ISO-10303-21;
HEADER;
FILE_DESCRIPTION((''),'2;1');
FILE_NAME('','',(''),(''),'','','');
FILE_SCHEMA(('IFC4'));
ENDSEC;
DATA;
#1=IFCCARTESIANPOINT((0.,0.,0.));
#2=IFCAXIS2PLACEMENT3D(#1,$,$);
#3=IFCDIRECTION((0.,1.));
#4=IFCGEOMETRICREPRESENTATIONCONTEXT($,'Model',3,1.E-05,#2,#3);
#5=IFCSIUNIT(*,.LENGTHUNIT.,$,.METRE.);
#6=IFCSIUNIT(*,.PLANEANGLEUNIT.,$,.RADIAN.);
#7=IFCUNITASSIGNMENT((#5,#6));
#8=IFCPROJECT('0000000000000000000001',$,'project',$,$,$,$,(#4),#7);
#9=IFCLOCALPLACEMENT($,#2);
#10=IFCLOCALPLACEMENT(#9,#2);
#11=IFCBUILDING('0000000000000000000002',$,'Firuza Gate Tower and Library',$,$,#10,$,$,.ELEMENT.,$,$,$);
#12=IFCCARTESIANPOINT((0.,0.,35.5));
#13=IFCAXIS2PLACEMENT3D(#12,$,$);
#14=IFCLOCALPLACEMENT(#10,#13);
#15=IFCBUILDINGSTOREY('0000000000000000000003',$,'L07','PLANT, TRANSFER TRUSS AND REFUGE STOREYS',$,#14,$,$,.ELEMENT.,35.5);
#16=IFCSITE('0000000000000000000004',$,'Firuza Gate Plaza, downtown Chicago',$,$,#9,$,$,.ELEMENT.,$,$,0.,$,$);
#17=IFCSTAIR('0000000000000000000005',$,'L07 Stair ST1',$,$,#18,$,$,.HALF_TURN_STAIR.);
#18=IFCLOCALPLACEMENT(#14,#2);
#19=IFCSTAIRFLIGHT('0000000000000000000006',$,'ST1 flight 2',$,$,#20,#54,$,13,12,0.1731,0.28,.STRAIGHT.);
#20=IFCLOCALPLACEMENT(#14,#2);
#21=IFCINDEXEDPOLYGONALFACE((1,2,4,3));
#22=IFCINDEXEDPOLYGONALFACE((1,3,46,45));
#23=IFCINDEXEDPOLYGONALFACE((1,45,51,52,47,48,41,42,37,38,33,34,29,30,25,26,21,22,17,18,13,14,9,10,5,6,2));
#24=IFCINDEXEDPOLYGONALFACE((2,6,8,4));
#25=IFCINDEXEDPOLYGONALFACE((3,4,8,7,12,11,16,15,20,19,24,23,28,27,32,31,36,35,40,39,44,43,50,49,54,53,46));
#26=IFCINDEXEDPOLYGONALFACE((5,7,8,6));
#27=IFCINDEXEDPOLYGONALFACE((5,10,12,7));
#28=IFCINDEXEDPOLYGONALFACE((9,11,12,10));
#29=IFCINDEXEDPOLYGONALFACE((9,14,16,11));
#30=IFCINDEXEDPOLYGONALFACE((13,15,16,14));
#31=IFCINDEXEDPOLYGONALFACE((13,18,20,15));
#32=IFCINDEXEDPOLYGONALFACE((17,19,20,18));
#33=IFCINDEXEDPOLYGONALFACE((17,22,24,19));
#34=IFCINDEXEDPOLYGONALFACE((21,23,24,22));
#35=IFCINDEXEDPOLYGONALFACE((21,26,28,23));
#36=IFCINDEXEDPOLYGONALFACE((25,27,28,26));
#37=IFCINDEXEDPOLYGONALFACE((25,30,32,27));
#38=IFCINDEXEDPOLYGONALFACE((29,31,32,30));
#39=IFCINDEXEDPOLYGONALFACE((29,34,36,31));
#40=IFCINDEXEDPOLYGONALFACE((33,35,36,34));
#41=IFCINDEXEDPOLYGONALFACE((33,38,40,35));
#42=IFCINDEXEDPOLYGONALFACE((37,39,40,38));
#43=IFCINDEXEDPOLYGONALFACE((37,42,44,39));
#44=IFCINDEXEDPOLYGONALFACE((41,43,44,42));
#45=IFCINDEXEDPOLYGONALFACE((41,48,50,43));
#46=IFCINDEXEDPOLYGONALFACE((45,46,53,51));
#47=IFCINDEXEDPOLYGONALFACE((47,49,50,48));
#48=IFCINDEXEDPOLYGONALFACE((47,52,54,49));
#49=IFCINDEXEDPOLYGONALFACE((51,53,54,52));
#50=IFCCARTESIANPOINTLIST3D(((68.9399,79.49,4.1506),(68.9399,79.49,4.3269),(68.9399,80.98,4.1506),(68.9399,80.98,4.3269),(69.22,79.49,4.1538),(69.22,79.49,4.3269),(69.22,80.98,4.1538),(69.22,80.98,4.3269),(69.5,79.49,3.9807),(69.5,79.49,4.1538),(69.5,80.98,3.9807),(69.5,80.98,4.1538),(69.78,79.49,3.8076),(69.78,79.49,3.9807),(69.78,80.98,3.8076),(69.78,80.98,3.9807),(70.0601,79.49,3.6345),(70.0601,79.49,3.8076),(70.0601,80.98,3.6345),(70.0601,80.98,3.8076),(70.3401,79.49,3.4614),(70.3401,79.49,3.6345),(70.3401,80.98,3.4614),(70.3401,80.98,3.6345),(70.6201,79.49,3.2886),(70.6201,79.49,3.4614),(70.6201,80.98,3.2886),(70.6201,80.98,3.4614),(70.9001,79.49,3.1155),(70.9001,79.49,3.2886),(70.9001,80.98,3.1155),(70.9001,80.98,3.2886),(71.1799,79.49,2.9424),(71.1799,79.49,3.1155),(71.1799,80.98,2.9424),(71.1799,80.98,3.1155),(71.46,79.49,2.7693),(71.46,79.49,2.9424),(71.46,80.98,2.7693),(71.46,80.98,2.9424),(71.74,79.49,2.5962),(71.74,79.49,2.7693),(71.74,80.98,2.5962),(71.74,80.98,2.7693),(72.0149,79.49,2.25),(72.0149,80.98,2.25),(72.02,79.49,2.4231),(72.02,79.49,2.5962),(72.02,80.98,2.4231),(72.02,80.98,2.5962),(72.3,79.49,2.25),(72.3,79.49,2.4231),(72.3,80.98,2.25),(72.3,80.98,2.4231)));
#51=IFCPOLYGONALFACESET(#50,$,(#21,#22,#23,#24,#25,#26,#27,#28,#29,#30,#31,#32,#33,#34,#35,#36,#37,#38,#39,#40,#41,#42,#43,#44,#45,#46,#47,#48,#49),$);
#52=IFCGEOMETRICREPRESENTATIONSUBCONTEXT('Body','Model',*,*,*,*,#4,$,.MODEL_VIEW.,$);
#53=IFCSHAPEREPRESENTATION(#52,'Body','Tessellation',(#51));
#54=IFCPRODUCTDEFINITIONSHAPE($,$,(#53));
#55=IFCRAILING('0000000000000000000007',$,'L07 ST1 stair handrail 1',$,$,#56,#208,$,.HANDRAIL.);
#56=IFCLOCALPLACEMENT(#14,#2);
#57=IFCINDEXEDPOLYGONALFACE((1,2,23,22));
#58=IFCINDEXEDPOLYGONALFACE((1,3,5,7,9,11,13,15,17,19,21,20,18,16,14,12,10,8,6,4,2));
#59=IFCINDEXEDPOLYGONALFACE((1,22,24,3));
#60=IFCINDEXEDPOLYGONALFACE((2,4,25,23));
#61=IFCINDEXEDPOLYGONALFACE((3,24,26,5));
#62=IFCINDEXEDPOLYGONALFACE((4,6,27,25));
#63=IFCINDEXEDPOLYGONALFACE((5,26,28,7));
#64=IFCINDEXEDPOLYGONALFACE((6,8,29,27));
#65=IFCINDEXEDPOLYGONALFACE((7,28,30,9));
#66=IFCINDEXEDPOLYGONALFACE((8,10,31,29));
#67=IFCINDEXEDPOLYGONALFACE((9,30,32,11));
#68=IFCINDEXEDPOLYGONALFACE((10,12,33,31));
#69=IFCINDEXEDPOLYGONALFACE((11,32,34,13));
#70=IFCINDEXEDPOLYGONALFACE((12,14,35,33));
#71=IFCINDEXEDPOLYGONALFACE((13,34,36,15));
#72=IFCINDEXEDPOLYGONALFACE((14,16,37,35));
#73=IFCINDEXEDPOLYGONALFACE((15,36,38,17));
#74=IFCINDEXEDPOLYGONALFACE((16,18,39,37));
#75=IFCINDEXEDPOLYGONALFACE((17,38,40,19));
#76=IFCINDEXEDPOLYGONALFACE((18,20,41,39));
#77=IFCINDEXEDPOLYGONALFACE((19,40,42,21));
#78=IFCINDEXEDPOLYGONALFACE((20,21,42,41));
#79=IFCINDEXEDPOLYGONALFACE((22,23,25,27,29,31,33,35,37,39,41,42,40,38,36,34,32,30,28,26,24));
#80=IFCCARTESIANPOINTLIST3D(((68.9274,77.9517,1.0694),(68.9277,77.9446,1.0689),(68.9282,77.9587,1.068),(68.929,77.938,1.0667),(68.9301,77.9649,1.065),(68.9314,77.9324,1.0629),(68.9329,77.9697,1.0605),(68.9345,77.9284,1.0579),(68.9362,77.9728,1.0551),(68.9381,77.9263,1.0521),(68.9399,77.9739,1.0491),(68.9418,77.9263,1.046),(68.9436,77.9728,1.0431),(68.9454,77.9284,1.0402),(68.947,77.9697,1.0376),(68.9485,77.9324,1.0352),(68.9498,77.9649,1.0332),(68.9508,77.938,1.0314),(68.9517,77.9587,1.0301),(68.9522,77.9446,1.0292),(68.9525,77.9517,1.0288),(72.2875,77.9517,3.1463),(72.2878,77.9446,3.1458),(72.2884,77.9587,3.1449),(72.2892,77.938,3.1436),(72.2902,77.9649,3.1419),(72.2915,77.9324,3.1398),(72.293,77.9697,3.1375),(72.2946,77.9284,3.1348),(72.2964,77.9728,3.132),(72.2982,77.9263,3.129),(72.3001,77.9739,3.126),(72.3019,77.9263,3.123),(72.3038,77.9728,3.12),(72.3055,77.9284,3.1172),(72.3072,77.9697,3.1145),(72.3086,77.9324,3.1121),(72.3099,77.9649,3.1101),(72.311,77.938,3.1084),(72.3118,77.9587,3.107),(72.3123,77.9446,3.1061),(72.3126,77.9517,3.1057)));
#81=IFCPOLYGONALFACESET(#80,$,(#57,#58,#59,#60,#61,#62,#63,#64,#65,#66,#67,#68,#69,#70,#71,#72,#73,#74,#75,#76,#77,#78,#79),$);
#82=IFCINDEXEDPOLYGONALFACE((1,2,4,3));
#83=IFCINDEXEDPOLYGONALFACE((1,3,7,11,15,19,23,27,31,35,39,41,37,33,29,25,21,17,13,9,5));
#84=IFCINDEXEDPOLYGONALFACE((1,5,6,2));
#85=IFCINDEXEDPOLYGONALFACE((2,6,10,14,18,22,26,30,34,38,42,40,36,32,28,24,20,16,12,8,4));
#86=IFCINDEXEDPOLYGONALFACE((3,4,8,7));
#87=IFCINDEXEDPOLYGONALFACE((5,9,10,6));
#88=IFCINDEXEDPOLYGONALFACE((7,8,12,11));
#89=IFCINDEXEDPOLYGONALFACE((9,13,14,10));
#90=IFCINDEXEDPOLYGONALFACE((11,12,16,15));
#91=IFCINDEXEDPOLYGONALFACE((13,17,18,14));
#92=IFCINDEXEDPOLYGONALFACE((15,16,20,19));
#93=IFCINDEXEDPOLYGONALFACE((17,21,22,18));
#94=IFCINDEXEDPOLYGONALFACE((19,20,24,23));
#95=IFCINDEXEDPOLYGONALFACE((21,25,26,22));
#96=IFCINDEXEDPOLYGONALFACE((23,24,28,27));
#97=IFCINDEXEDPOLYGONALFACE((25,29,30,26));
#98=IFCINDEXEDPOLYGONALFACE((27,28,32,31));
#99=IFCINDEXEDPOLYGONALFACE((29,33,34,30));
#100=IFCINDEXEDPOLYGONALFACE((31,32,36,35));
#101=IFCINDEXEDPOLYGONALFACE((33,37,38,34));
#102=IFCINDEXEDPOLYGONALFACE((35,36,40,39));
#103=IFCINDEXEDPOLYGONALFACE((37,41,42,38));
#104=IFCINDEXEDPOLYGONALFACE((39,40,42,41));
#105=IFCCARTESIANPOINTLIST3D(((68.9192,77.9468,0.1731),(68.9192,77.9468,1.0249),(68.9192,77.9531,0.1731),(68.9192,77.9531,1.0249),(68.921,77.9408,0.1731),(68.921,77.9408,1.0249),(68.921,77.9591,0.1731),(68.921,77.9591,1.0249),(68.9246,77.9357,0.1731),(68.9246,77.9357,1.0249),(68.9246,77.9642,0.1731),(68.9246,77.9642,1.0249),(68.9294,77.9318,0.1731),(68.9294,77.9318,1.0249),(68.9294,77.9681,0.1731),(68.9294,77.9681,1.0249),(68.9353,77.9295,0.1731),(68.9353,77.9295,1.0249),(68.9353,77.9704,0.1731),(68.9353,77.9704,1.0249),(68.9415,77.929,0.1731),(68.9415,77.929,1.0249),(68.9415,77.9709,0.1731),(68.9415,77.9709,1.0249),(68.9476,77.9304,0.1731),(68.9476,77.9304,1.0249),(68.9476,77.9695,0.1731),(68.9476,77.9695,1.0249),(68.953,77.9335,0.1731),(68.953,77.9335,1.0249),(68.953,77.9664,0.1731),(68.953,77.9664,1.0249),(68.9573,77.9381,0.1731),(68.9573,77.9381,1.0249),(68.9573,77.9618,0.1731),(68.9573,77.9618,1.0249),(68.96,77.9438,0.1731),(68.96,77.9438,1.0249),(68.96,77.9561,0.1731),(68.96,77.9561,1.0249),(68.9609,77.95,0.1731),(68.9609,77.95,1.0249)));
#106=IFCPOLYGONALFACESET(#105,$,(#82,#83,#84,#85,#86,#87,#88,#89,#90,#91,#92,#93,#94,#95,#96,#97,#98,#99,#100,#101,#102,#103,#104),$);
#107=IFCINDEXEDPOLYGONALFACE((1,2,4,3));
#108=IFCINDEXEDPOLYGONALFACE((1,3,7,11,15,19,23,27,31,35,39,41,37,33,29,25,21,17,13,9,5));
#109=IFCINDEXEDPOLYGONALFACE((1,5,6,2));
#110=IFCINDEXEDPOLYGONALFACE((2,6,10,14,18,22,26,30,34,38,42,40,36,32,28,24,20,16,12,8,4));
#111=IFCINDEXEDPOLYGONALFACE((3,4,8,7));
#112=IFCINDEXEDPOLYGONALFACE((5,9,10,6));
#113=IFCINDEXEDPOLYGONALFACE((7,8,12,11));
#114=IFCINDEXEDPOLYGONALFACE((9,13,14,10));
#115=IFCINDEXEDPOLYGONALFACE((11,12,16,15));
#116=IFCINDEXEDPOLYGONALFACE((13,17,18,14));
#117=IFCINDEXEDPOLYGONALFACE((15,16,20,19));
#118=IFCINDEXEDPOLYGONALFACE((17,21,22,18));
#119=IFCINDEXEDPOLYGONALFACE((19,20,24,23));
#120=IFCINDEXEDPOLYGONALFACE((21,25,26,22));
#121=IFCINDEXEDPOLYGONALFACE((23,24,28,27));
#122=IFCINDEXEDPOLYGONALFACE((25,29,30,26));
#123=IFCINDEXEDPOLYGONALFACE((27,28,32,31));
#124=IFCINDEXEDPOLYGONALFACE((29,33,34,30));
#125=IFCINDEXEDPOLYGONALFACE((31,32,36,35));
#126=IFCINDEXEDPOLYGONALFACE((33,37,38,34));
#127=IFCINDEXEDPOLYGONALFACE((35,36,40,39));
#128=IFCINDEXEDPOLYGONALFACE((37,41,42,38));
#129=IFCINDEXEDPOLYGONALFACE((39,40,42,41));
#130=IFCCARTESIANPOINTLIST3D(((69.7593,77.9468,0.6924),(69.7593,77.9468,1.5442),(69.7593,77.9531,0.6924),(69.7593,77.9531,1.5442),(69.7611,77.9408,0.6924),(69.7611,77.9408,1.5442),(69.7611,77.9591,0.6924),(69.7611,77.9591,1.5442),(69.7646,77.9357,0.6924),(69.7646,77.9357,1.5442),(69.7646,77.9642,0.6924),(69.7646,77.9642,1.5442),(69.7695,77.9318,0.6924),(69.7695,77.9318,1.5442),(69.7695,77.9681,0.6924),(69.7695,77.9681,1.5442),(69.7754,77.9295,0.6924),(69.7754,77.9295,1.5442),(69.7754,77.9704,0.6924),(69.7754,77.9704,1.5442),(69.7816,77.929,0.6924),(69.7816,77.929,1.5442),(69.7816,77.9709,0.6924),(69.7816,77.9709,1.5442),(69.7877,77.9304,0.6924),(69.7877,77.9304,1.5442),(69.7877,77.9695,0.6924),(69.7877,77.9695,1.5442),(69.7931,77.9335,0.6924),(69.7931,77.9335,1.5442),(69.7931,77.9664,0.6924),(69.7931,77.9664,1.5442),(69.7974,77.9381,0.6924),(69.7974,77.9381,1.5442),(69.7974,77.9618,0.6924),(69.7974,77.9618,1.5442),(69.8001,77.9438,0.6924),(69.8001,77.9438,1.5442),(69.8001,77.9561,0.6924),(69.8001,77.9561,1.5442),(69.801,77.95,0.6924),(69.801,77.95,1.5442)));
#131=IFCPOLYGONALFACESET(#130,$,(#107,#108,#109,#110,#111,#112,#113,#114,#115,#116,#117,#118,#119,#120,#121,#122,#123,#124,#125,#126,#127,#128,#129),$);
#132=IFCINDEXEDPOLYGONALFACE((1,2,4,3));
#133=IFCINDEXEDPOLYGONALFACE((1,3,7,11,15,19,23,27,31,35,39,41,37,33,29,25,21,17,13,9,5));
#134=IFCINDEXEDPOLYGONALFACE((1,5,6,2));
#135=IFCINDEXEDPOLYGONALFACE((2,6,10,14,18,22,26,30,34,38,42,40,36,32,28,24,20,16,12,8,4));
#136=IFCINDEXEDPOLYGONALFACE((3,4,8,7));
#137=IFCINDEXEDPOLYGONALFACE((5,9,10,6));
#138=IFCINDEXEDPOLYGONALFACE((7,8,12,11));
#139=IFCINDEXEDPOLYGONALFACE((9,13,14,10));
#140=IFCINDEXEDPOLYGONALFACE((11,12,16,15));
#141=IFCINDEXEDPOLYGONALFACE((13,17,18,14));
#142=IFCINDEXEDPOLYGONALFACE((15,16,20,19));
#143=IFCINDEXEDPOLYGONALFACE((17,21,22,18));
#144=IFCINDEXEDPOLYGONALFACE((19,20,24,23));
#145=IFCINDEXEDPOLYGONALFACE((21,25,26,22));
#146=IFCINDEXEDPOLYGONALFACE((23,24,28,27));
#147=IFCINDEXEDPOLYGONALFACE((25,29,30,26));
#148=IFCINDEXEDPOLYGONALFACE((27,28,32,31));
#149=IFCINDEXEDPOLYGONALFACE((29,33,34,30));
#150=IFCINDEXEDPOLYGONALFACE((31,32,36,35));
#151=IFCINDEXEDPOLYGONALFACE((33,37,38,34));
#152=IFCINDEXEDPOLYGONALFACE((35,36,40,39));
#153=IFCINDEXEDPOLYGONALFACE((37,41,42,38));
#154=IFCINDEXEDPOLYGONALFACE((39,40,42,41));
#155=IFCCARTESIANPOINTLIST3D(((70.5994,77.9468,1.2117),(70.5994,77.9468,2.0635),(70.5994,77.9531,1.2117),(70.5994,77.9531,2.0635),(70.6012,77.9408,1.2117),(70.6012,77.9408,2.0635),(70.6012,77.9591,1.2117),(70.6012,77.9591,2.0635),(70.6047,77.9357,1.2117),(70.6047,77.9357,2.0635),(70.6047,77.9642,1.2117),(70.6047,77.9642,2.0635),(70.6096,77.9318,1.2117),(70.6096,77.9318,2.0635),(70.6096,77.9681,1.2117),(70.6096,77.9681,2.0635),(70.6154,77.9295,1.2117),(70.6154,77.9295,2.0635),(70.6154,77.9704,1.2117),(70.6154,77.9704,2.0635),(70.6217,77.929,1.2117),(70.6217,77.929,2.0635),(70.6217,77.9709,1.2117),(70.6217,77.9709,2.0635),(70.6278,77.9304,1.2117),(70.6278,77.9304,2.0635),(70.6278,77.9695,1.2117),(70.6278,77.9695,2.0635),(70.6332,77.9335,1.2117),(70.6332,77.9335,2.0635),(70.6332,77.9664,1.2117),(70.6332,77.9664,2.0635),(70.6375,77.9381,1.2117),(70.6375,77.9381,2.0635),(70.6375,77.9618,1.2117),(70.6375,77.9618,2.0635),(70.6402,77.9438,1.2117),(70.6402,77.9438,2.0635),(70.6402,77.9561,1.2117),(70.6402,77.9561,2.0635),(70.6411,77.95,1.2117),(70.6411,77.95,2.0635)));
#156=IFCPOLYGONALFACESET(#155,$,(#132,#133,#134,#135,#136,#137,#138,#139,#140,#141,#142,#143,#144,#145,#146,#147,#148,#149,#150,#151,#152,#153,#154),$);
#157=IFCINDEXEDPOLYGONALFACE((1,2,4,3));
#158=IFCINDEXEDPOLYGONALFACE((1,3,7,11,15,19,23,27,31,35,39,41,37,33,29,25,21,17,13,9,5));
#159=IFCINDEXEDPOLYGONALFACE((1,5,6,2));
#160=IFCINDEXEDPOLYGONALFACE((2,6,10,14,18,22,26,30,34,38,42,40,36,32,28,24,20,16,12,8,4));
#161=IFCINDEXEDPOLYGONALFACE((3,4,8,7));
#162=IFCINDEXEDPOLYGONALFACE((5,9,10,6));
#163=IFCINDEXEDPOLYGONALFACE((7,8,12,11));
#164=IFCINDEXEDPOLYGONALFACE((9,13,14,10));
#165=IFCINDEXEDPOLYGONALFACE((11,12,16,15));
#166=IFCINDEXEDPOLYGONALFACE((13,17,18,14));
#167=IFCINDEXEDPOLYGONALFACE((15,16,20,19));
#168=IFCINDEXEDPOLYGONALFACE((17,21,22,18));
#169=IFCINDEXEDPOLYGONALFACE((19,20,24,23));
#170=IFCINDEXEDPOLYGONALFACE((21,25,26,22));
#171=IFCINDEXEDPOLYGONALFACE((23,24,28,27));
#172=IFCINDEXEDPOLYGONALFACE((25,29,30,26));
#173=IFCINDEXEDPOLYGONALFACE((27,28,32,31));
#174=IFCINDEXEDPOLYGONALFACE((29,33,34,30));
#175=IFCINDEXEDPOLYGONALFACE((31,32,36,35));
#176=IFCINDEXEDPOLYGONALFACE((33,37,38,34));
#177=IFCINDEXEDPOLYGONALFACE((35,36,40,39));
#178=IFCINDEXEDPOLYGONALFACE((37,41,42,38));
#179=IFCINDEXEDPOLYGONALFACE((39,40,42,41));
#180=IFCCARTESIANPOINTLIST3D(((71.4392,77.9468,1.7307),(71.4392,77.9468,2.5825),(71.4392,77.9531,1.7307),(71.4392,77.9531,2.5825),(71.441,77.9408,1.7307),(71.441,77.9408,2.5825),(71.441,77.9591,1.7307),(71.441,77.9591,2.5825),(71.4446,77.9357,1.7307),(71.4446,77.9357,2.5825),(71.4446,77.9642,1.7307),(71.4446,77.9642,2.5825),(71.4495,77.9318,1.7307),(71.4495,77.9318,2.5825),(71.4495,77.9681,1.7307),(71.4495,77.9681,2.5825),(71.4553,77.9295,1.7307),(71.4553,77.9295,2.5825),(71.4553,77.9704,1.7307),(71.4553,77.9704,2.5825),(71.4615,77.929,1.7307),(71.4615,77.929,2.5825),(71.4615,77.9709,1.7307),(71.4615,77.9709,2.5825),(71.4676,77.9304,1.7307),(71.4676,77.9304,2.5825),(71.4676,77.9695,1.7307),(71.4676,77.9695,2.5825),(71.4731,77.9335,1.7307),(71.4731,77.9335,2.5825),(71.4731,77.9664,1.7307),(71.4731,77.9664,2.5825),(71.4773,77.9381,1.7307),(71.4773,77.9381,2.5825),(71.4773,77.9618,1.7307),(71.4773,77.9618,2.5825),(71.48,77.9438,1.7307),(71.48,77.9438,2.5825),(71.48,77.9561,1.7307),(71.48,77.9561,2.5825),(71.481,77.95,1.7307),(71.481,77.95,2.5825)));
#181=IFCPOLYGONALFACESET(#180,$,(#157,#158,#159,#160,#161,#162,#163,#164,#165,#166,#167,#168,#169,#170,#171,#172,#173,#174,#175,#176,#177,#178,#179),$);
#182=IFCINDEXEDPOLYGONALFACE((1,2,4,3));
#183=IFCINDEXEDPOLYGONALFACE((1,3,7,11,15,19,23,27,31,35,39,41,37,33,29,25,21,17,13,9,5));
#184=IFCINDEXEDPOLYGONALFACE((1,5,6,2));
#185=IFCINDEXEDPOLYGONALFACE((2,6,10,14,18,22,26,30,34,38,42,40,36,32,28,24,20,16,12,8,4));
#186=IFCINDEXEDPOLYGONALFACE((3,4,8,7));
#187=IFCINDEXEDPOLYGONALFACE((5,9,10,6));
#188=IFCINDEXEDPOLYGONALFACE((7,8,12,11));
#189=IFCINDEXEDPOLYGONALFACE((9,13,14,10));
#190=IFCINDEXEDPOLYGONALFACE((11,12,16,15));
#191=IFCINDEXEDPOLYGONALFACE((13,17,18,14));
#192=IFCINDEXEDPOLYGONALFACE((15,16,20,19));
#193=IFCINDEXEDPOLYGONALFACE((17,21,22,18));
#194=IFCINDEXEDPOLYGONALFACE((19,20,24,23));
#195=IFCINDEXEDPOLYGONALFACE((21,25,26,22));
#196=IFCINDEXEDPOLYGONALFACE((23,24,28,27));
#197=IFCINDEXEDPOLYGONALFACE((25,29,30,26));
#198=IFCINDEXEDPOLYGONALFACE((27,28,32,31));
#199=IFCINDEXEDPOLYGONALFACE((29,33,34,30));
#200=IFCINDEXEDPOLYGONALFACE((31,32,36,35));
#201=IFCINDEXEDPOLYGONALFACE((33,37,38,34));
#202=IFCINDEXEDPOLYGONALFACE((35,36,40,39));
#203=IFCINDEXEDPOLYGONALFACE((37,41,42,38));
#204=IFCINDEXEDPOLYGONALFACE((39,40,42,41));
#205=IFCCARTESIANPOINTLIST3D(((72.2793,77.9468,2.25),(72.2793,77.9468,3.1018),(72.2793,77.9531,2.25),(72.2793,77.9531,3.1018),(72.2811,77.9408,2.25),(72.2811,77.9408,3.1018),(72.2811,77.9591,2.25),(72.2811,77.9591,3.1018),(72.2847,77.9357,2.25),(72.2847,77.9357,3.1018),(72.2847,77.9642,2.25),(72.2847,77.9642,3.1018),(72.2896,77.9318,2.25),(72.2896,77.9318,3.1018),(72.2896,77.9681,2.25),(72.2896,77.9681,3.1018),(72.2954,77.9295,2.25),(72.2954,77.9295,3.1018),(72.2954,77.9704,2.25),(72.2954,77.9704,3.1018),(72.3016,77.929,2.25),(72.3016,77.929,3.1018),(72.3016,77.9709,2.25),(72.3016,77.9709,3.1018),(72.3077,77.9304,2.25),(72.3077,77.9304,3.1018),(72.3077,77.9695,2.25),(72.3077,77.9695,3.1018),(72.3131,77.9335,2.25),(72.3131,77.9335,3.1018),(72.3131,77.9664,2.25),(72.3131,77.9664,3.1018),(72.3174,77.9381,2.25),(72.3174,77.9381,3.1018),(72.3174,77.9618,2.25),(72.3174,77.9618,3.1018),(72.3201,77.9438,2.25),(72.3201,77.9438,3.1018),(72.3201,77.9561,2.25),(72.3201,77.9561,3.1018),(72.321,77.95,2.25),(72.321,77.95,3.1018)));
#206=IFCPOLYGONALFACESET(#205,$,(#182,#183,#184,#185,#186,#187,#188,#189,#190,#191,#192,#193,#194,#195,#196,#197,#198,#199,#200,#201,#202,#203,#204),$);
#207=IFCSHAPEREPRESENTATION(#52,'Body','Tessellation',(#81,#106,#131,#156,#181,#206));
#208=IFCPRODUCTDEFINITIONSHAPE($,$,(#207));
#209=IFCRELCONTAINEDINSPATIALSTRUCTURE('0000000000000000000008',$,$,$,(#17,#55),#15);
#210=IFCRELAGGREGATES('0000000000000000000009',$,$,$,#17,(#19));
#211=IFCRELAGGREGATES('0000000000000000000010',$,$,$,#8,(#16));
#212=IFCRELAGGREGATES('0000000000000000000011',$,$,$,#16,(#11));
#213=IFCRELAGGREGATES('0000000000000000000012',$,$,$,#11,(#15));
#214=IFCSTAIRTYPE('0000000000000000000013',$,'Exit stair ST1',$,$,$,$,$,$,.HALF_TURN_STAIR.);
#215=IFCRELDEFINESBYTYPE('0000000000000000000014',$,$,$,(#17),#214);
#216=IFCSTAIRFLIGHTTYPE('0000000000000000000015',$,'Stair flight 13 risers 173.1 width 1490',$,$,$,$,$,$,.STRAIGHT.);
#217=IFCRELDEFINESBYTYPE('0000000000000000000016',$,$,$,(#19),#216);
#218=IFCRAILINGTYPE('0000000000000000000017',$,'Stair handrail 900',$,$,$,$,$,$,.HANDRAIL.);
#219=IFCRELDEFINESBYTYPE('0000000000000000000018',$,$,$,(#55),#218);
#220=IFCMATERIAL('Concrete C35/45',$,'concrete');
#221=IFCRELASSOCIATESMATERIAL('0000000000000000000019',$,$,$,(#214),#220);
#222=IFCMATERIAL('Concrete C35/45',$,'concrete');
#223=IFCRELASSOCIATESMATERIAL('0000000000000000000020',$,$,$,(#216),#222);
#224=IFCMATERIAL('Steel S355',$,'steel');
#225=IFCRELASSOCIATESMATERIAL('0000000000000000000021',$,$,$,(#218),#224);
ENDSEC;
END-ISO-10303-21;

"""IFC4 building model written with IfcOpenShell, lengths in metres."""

from ifc_helpers import new_model, si_unit, direction, frame, origin, origin_2d, place, context, subcontext, project, spatial, polyline, circle, outline, extrude, material, type_object, element, aggregate, save


model = new_model("IFC4")

# Units and contexts
model_context = context("Model", 3, precision=1e-05, world=origin(), true_north=direction((0.0, 1.0)))
body_context = subcontext(model_context, "Body", "Model", "MODEL_VIEW")
ifc_project = project(units=[si_unit("LENGTHUNIT", "METRE"), si_unit("PLANEANGLEUNIT", "RADIAN")], contexts=[model_context])

# Site, building, storey
site_placement = place(None, origin())
site = spatial("IfcSite", under=ifc_project, at=site_placement, Name="Firuza Gate Plaza, downtown Chicago", CompositionType="ELEMENT", RefElevation=0.0)
building_placement = place(site_placement, origin())
building = spatial("IfcBuilding", under=site, at=building_placement, Name="Firuza Gate Tower and Library", CompositionType="ELEMENT")
storey_placement = place(building_placement, frame((0.0, 0.0, 35.5)))
storey = spatial("IfcBuildingStorey", under=building, at=storey_placement, Name="L07", Description="PLANT, TRANSFER TRUSS AND REFUGE STOREYS", CompositionType="ELEMENT", Elevation=35.5)

# Stair, stair flight
ifc_material_1 = material(Name="Concrete C35/45", Category="concrete")
stair_type = type_object("IfcStairType", Name="Exit stair ST1", PredefinedType="HALF_TURN_STAIR", material=ifc_material_1)
stair_placement = place(storey_placement, origin())
stair = element("IfcStair", 1, at=stair_placement, inside=storey, type_object=stair_type, Name="L07 Stair ST1", PredefinedType="HALF_TURN_STAIR")
ifc_material_2 = material(Name="Concrete C35/45", Category="concrete")
stair_flight_type = type_object("IfcStairFlightType", Name="Stair flight 13 risers 173.1 width 1490", PredefinedType="STRAIGHT", material=ifc_material_2)
stair_flight_1_placement = place(storey_placement, frame((72.3, 80.2351, 2.25), z_axis=(0.0, 0.0, 1.0), x_axis=(-1.0, 0.0, 0.0)))
stair_flight_1 = element("IfcStairFlight", 2, at=stair_flight_1_placement, type_object=stair_flight_type, Name="ST1 flight 2", NumberOfRisers=13, NumberOfTreads=12, PredefinedType="STRAIGHT", RiserHeight=0.1731, TreadLength=0.28, context=body_context, shape_type="SweptSolid", body=[
    extrude(outline(polyline([(0.0, 0.0), (0.0, 0.1731), (0.28, 0.1731), (0.28, 0.3462), (0.5601, 0.3462), (0.5601, 0.5193), (0.8401, 0.5193), (0.8401, 0.6924), (1.1201, 0.6924), (1.1201, 0.8655), (1.3999, 0.8655), (1.3999, 1.0386), (1.6799, 1.0386), (1.6799, 1.2114), (1.96, 1.2114), (1.96, 1.3845), (2.24, 1.3845), (2.24, 1.5576), (2.52, 1.5576), (2.52, 1.7307), (2.8, 1.7307), (2.8, 1.9038), (3.0801, 1.9038), (3.0801, 2.0769), (3.3601, 2.0769), (3.3601, 2.25), (3.3601, 1.9006), (0.2852, 0.0), (0.0, 0.0)])), frame((0.0, 0.7451, 0.0), z_axis=(0.0, -1.0, 0.0), x_axis=(1.0, 0.0, 0.0)), (0.0, 0.0, 1.0), 1.49),
])
aggregate(stair, [stair_flight_1])

# Railing
ifc_material_3 = material(Name="Steel S355", Category="steel")
railing_type_1 = type_object("IfcRailingType", Name="Stair handrail 900", PredefinedType="HANDRAIL", material=ifc_material_3)
railing_1_placement = place(storey_placement, frame((68.9399, 77.95, 0.1731)))
element("IfcRailing", 3, at=railing_1_placement, inside=storey, type_object=railing_type_1, Name="L07 ST1 stair handrail 1", PredefinedType="HANDRAIL", context=body_context, shape_type="SweptSolid", body=[
    extrude(circle(Radius=0.0239, at=origin_2d()), frame((0.0, 0.0, 0.876), z_axis=(0.850623, 0.0, 0.525776), x_axis=(0.0, 1.0, 0.0)), (0.0, 0.0, 1.0), 3.9502),
    extrude(circle(Radius=0.021, at=origin_2d()), origin(), (0.0, 0.0, 1.0), 0.8518),
    extrude(circle(Radius=0.021, at=origin_2d()), frame((0.8401, 0.0, 0.5193)), (0.0, 0.0, 1.0), 0.8518),
    extrude(circle(Radius=0.021, at=origin_2d()), frame((1.6802, 0.0, 1.0386)), (0.0, 0.0, 1.0), 0.8518),
    extrude(circle(Radius=0.021, at=origin_2d()), frame((2.52, 0.0, 1.5576)), (0.0, 0.0, 1.0), 0.8518),
    extrude(circle(Radius=0.021, at=origin_2d()), frame((3.3601, 0.0, 2.0769)), (0.0, 0.0, 1.0), 0.8518),
])

save(model, "model.ifc")
